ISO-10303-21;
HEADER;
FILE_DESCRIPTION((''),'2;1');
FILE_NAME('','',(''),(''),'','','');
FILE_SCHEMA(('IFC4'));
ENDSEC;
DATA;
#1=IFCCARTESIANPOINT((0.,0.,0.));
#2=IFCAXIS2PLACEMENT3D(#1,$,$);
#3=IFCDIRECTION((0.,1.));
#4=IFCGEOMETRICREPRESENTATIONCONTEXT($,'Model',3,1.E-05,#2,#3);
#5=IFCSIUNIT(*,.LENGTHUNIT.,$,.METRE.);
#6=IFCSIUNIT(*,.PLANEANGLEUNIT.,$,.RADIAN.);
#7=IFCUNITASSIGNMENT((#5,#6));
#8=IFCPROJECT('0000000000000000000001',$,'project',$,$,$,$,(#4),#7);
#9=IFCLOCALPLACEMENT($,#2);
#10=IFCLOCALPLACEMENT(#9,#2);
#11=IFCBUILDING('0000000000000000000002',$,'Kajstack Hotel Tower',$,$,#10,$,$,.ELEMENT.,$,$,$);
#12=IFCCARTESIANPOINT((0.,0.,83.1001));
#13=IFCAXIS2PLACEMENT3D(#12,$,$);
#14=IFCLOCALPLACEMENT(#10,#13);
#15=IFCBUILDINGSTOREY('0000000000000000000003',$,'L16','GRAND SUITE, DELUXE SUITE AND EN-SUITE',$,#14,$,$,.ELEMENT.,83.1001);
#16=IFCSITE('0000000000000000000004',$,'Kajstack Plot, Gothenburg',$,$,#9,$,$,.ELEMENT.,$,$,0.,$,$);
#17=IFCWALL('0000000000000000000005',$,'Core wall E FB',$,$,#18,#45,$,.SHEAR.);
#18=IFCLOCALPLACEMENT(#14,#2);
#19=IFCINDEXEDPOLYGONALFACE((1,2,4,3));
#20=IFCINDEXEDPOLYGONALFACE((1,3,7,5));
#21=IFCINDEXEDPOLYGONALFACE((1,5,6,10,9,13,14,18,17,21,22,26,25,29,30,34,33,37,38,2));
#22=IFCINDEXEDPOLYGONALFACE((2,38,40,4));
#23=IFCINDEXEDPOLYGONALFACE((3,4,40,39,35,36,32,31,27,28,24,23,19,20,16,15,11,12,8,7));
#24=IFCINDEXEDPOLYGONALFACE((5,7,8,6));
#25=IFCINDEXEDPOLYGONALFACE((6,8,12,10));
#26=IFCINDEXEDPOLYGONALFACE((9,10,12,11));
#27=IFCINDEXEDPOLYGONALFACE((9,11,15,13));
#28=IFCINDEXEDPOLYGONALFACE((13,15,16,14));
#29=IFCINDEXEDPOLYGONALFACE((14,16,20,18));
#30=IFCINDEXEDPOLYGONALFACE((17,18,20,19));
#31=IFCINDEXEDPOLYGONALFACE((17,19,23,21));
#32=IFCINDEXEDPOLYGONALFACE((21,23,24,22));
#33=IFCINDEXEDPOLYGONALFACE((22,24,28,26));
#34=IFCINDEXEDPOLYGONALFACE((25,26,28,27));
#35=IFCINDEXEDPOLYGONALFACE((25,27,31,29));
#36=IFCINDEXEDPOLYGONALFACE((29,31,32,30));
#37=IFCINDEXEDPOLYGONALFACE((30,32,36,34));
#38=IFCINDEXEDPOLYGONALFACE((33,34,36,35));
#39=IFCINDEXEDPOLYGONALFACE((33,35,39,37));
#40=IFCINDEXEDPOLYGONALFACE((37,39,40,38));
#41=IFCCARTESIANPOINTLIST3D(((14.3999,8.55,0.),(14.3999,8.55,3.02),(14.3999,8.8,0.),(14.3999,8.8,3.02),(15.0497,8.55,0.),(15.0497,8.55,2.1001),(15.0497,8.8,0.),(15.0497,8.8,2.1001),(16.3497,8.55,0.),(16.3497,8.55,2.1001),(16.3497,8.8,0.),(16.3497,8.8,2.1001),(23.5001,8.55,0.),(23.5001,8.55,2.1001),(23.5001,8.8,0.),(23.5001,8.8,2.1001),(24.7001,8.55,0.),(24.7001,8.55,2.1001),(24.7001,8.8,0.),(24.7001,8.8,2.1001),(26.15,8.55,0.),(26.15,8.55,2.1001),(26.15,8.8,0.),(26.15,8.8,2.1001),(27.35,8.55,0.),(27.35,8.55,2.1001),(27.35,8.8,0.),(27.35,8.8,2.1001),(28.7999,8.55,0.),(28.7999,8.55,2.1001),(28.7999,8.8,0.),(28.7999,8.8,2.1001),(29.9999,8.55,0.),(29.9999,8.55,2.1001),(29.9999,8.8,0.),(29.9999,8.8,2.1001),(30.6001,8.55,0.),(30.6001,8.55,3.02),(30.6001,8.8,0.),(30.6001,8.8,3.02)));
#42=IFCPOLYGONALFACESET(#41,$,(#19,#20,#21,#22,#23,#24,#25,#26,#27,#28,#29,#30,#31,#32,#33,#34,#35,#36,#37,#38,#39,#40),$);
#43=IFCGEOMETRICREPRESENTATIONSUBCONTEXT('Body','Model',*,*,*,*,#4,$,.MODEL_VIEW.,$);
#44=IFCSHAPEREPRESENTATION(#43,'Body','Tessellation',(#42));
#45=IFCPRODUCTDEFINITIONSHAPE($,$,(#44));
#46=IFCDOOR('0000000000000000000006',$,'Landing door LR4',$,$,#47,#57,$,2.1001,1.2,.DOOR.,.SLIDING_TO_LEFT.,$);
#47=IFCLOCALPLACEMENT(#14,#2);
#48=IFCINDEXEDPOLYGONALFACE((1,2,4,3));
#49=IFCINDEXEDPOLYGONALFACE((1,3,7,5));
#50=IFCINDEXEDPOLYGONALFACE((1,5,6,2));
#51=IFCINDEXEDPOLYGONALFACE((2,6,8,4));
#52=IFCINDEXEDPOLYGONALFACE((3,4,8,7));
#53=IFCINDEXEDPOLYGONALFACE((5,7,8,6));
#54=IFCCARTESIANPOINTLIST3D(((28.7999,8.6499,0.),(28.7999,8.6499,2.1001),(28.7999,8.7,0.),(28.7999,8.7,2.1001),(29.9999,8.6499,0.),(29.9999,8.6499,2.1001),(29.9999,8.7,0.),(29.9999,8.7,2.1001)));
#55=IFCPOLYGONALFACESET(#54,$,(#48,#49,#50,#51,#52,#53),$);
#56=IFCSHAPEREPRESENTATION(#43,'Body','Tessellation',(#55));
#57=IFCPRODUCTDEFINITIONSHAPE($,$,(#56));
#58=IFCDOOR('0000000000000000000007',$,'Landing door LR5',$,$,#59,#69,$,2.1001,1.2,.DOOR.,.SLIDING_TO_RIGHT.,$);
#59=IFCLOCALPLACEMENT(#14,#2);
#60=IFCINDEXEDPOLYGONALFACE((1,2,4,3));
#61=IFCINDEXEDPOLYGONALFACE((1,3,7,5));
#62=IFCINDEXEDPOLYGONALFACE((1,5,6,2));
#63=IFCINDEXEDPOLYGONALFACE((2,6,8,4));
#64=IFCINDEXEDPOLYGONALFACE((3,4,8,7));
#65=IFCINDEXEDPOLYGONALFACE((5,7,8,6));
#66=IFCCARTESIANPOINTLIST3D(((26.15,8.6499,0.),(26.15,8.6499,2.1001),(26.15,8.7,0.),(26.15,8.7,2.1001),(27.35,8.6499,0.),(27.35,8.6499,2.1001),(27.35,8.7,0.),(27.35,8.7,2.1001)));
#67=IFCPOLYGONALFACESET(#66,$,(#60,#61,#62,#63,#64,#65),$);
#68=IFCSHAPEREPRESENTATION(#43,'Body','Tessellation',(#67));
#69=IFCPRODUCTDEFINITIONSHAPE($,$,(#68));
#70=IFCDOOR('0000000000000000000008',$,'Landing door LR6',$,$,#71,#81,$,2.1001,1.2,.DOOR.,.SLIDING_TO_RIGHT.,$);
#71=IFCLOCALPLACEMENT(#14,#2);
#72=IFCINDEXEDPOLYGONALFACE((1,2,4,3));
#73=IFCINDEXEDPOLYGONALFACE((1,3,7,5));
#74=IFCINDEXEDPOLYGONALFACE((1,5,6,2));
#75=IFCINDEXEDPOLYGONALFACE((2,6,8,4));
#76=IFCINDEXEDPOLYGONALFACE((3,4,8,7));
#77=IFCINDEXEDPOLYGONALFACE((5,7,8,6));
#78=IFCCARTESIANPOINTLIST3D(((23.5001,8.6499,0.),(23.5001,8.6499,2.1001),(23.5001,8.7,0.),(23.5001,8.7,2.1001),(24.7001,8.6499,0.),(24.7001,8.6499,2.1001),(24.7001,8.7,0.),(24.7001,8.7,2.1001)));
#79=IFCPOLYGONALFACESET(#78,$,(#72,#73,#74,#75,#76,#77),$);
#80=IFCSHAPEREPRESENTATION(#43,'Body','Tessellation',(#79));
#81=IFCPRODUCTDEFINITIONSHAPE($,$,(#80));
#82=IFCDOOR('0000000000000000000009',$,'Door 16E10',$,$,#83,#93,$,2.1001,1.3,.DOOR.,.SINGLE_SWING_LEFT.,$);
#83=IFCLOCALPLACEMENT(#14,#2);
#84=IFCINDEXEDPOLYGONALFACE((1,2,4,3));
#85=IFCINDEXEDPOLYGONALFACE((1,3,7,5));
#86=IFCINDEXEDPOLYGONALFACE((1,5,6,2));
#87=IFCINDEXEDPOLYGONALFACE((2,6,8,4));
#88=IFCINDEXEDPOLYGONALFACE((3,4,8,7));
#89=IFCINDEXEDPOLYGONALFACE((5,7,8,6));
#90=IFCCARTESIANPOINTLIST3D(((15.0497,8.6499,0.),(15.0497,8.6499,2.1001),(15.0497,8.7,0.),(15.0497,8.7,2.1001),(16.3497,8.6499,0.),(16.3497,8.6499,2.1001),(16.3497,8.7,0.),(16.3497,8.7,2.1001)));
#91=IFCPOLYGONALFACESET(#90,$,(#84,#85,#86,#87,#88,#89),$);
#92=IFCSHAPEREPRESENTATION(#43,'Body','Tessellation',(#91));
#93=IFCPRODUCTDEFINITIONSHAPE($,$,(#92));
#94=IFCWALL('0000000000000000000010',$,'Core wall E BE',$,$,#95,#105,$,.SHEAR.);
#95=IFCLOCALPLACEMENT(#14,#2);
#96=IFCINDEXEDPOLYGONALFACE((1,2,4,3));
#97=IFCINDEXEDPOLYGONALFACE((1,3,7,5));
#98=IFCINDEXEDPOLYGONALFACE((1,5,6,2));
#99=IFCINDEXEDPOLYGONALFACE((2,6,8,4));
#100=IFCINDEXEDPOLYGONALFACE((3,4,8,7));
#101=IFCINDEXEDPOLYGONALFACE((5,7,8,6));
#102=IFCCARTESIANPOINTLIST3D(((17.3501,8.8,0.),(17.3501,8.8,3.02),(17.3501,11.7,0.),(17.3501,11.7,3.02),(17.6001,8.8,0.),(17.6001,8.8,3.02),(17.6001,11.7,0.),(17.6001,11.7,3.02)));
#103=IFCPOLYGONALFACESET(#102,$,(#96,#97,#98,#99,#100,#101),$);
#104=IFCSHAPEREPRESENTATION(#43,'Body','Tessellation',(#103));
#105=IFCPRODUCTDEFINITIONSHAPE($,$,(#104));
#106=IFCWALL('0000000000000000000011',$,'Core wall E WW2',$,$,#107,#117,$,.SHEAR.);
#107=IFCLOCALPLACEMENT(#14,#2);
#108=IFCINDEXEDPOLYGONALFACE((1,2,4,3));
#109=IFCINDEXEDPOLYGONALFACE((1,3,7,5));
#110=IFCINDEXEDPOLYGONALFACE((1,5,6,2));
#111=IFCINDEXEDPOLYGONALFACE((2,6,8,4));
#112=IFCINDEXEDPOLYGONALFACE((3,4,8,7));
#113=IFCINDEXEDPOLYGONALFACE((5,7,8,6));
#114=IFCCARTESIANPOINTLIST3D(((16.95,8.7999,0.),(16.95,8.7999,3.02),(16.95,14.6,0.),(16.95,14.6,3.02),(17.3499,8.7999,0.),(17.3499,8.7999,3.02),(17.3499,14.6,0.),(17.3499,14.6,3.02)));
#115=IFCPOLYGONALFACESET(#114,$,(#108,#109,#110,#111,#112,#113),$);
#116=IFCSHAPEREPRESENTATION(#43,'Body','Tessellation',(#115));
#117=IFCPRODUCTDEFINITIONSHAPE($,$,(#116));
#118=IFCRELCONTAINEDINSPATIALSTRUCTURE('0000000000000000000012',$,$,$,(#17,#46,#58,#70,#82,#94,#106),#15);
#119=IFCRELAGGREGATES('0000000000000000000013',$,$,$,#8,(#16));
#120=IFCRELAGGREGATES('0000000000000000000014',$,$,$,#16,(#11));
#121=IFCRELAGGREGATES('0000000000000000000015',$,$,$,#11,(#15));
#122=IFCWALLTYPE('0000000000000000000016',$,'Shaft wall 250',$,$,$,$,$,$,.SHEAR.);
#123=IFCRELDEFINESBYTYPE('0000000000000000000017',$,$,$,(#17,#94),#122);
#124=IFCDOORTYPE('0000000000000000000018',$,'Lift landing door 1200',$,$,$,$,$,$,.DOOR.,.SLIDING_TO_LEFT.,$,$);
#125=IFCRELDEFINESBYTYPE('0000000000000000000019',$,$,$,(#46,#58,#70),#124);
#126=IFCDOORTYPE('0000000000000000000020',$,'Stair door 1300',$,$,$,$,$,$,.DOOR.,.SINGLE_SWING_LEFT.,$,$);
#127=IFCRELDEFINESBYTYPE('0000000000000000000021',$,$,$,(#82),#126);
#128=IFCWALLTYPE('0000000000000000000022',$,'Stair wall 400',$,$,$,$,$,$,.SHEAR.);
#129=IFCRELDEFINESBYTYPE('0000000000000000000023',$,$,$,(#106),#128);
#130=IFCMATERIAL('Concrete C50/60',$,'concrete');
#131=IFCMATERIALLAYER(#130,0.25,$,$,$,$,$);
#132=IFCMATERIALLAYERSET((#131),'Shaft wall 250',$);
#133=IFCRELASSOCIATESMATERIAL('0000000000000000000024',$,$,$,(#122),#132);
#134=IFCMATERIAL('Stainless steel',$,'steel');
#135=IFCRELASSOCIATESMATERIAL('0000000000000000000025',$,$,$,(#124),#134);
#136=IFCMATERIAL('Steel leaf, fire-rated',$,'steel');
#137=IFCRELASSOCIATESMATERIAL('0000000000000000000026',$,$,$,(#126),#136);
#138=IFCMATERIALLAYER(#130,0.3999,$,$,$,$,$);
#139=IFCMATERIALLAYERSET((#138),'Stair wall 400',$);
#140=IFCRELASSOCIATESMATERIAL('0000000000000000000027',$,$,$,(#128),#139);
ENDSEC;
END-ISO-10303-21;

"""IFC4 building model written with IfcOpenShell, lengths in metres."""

from ifc_helpers import new_model, si_unit, direction, frame, frame_2d, origin, place, context, subcontext, project, spatial, rectangle, extrude, material, layer, layer_set, type_object, element, fill, save


model = new_model("IFC4")

# Units and contexts
model_context = context("Model", 3, precision=1e-05, world=origin(), true_north=direction((0.0, 1.0)))
body_context = subcontext(model_context, "Body", "Model", "MODEL_VIEW")
ifc_project = project(units=[si_unit("LENGTHUNIT", "METRE"), si_unit("PLANEANGLEUNIT", "RADIAN")], contexts=[model_context])

# Site, building, storey
site_placement = place(None, origin())
site = spatial("IfcSite", under=ifc_project, at=site_placement, Name="Kajstack Plot, Gothenburg", CompositionType="ELEMENT", RefElevation=0.0)
building_placement = place(site_placement, origin())
building = spatial("IfcBuilding", under=site, at=building_placement, Name="Kajstack Hotel Tower", CompositionType="ELEMENT")
storey_placement = place(building_placement, frame((0.0, 0.0, 83.1001)))
storey = spatial("IfcBuildingStorey", under=building, at=storey_placement, Name="L16", Description="GRAND SUITE, DELUXE SUITE AND EN-SUITE", CompositionType="ELEMENT", Elevation=83.1001)

# Shared definitions
ifc_material_1 = material(Name="Concrete C50/60", Category="concrete")
ifc_layer_1 = layer(ifc_material_1, 0.25)
ifc_layer_set_1 = layer_set([ifc_layer_1], Name="Shaft wall 250")
wall_type_1 = type_object("IfcWallType", Name="Shaft wall 250", PredefinedType="SHEAR", material=ifc_layer_set_1)

# Wall, openings, doors
wall_1_placement = place(storey_placement, frame((14.3999, 8.675, 0.0), z_axis=(0.0, 0.0, 1.0), x_axis=(1.0, 0.0, 0.0)))
wall_1 = element("IfcWall", 1, at=wall_1_placement, inside=storey, type_object=wall_type_1, Name="Core wall E FB", PredefinedType="SHEAR", context=body_context, shape_type="SweptSolid", body=[
    extrude(rectangle(XDim=16.2002, YDim=0.25, at=frame_2d((8.1001, 0.0))), origin(), (0.0, 0.0, 1.0), 3.02),
])
opening_1_placement = place(wall_1_placement, frame((14.3999, 0.0, 0.0)))
opening_1 = element("IfcOpeningElement", 2, at=opening_1_placement, cuts=wall_1, PredefinedType="OPENING", context=body_context, shape_type="SweptSolid", body=[
    extrude(rectangle(XDim=1.2, YDim=2.1001, at=frame_2d((0.6001, 1.05))), frame((0.0, 0.135, 0.0), z_axis=(0.0, -1.0, 0.0), x_axis=(1.0, 0.0, 0.0)), (0.0, 0.0, 1.0), 0.27),
])
opening_2_placement = place(wall_1_placement, frame((11.75, 0.0, 0.0)))
opening_2 = element("IfcOpeningElement", 3, at=opening_2_placement, cuts=wall_1, PredefinedType="OPENING", context=body_context, shape_type="SweptSolid", body=[
    extrude(rectangle(XDim=1.2, YDim=2.1001, at=frame_2d((0.6001, 1.05))), frame((0.0, 0.135, 0.0), z_axis=(0.0, -1.0, 0.0), x_axis=(1.0, 0.0, 0.0)), (0.0, 0.0, 1.0), 0.27),
])
opening_3_placement = place(wall_1_placement, frame((9.1001, 0.0, 0.0)))
opening_3 = element("IfcOpeningElement", 4, at=opening_3_placement, cuts=wall_1, PredefinedType="OPENING", context=body_context, shape_type="SweptSolid", body=[
    extrude(rectangle(XDim=1.2, YDim=2.1001, at=frame_2d((0.6001, 1.05))), frame((0.0, 0.135, 0.0), z_axis=(0.0, -1.0, 0.0), x_axis=(1.0, 0.0, 0.0)), (0.0, 0.0, 1.0), 0.27),
])
opening_4_placement = place(wall_1_placement, frame((0.6499, 0.0, 0.0)))
opening_4 = element("IfcOpeningElement", 5, at=opening_4_placement, cuts=wall_1, PredefinedType="OPENING", context=body_context, shape_type="SweptSolid", body=[
    extrude(rectangle(XDim=1.3, YDim=2.1001, at=frame_2d((0.6499, 1.05))), frame((0.0, 0.135, 0.0), z_axis=(0.0, -1.0, 0.0), x_axis=(1.0, 0.0, 0.0)), (0.0, 0.0, 1.0), 0.27),
])
ifc_material_2 = material(Name="Stainless steel", Category="steel")
door_type_1 = type_object("IfcDoorType", Name="Lift landing door 1200", OperationType="SLIDING_TO_LEFT", PredefinedType="DOOR", material=ifc_material_2)
door_1_placement = place(opening_1_placement, origin())
door_1 = element("IfcDoor", 6, at=door_1_placement, inside=storey, type_object=door_type_1, Name="Landing door LR4", OperationType="SLIDING_TO_LEFT", OverallHeight=2.1001, OverallWidth=1.2, PredefinedType="DOOR", context=body_context, shape_type="SweptSolid", body=[
    extrude(rectangle(XDim=1.2, YDim=2.1001, at=frame_2d((0.6001, 1.05))), frame((0.0, 0.0249, 0.0), z_axis=(0.0, -1.0, 0.0), x_axis=(1.0, 0.0, 0.0)), (0.0, 0.0, 1.0), 0.05),
])
fill(opening_1, door_1)
door_2_placement = place(opening_2_placement, origin())
door_2 = element("IfcDoor", 7, at=door_2_placement, inside=storey, type_object=door_type_1, Name="Landing door LR5", OperationType="SLIDING_TO_RIGHT", OverallHeight=2.1001, OverallWidth=1.2, PredefinedType="DOOR", context=body_context, shape_type="SweptSolid", body=[
    extrude(rectangle(XDim=1.2, YDim=2.1001, at=frame_2d((0.6001, 1.05))), frame((0.0, 0.0249, 0.0), z_axis=(0.0, -1.0, 0.0), x_axis=(1.0, 0.0, 0.0)), (0.0, 0.0, 1.0), 0.05),
])
fill(opening_2, door_2)
door_3_placement = place(opening_3_placement, origin())
door_3 = element("IfcDoor", 8, at=door_3_placement, inside=storey, type_object=door_type_1, Name="Landing door LR6", OperationType="SLIDING_TO_RIGHT", OverallHeight=2.1001, OverallWidth=1.2, PredefinedType="DOOR", context=body_context, shape_type="SweptSolid", body=[
    extrude(rectangle(XDim=1.2, YDim=2.1001, at=frame_2d((0.6001, 1.05))), frame((0.0, 0.0249, 0.0), z_axis=(0.0, -1.0, 0.0), x_axis=(1.0, 0.0, 0.0)), (0.0, 0.0, 1.0), 0.05),
])
fill(opening_3, door_3)
ifc_material_3 = material(Name="Steel leaf, fire-rated", Category="steel")
door_type_2 = type_object("IfcDoorType", Name="Stair door 1300", OperationType="SINGLE_SWING_LEFT", PredefinedType="DOOR", material=ifc_material_3)
door_4_placement = place(opening_4_placement, origin())
door_4 = element("IfcDoor", 9, at=door_4_placement, inside=storey, type_object=door_type_2, Name="Door 16E10", OperationType="SINGLE_SWING_LEFT", OverallHeight=2.1001, OverallWidth=1.3, PredefinedType="DOOR", context=body_context, shape_type="SweptSolid", body=[
    extrude(rectangle(XDim=1.3, YDim=2.1001, at=frame_2d((0.6499, 1.05))), frame((0.0, 0.0249, 0.0), z_axis=(0.0, -1.0, 0.0), x_axis=(1.0, 0.0, 0.0)), (0.0, 0.0, 1.0), 0.05),
])
fill(opening_4, door_4)

# Walls
wall_2_placement = place(storey_placement, frame((17.4751, 8.8, 0.0), z_axis=(0.0, 0.0, 1.0), x_axis=(0.0, 1.0, 0.0)))
element("IfcWall", 10, at=wall_2_placement, inside=storey, type_object=wall_type_1, Name="Core wall E BE", PredefinedType="SHEAR", context=body_context, shape_type="SweptSolid", body=[
    extrude(rectangle(XDim=2.8999, YDim=0.25, at=frame_2d((1.45, 0.0))), origin(), (0.0, 0.0, 1.0), 3.02),
])
ifc_layer_2 = layer(ifc_material_1, 0.3999)
ifc_layer_set_2 = layer_set([ifc_layer_2], Name="Stair wall 400")
wall_type_2 = type_object("IfcWallType", Name="Stair wall 400", PredefinedType="SHEAR", material=ifc_layer_set_2)
wall_3_placement = place(storey_placement, frame((17.1499, 8.8, 0.0), z_axis=(0.0, 0.0, 1.0), x_axis=(0.0, 1.0, 0.0)))
element("IfcWall", 11, at=wall_3_placement, inside=storey, type_object=wall_type_2, Name="Core wall E WW2", PredefinedType="SHEAR", context=body_context, shape_type="SweptSolid", body=[
    extrude(rectangle(XDim=5.8, YDim=0.3999, at=frame_2d((2.8999, 0.0))), origin(), (0.0, 0.0, 1.0), 3.02),
])

save(model, "model.ifc")
